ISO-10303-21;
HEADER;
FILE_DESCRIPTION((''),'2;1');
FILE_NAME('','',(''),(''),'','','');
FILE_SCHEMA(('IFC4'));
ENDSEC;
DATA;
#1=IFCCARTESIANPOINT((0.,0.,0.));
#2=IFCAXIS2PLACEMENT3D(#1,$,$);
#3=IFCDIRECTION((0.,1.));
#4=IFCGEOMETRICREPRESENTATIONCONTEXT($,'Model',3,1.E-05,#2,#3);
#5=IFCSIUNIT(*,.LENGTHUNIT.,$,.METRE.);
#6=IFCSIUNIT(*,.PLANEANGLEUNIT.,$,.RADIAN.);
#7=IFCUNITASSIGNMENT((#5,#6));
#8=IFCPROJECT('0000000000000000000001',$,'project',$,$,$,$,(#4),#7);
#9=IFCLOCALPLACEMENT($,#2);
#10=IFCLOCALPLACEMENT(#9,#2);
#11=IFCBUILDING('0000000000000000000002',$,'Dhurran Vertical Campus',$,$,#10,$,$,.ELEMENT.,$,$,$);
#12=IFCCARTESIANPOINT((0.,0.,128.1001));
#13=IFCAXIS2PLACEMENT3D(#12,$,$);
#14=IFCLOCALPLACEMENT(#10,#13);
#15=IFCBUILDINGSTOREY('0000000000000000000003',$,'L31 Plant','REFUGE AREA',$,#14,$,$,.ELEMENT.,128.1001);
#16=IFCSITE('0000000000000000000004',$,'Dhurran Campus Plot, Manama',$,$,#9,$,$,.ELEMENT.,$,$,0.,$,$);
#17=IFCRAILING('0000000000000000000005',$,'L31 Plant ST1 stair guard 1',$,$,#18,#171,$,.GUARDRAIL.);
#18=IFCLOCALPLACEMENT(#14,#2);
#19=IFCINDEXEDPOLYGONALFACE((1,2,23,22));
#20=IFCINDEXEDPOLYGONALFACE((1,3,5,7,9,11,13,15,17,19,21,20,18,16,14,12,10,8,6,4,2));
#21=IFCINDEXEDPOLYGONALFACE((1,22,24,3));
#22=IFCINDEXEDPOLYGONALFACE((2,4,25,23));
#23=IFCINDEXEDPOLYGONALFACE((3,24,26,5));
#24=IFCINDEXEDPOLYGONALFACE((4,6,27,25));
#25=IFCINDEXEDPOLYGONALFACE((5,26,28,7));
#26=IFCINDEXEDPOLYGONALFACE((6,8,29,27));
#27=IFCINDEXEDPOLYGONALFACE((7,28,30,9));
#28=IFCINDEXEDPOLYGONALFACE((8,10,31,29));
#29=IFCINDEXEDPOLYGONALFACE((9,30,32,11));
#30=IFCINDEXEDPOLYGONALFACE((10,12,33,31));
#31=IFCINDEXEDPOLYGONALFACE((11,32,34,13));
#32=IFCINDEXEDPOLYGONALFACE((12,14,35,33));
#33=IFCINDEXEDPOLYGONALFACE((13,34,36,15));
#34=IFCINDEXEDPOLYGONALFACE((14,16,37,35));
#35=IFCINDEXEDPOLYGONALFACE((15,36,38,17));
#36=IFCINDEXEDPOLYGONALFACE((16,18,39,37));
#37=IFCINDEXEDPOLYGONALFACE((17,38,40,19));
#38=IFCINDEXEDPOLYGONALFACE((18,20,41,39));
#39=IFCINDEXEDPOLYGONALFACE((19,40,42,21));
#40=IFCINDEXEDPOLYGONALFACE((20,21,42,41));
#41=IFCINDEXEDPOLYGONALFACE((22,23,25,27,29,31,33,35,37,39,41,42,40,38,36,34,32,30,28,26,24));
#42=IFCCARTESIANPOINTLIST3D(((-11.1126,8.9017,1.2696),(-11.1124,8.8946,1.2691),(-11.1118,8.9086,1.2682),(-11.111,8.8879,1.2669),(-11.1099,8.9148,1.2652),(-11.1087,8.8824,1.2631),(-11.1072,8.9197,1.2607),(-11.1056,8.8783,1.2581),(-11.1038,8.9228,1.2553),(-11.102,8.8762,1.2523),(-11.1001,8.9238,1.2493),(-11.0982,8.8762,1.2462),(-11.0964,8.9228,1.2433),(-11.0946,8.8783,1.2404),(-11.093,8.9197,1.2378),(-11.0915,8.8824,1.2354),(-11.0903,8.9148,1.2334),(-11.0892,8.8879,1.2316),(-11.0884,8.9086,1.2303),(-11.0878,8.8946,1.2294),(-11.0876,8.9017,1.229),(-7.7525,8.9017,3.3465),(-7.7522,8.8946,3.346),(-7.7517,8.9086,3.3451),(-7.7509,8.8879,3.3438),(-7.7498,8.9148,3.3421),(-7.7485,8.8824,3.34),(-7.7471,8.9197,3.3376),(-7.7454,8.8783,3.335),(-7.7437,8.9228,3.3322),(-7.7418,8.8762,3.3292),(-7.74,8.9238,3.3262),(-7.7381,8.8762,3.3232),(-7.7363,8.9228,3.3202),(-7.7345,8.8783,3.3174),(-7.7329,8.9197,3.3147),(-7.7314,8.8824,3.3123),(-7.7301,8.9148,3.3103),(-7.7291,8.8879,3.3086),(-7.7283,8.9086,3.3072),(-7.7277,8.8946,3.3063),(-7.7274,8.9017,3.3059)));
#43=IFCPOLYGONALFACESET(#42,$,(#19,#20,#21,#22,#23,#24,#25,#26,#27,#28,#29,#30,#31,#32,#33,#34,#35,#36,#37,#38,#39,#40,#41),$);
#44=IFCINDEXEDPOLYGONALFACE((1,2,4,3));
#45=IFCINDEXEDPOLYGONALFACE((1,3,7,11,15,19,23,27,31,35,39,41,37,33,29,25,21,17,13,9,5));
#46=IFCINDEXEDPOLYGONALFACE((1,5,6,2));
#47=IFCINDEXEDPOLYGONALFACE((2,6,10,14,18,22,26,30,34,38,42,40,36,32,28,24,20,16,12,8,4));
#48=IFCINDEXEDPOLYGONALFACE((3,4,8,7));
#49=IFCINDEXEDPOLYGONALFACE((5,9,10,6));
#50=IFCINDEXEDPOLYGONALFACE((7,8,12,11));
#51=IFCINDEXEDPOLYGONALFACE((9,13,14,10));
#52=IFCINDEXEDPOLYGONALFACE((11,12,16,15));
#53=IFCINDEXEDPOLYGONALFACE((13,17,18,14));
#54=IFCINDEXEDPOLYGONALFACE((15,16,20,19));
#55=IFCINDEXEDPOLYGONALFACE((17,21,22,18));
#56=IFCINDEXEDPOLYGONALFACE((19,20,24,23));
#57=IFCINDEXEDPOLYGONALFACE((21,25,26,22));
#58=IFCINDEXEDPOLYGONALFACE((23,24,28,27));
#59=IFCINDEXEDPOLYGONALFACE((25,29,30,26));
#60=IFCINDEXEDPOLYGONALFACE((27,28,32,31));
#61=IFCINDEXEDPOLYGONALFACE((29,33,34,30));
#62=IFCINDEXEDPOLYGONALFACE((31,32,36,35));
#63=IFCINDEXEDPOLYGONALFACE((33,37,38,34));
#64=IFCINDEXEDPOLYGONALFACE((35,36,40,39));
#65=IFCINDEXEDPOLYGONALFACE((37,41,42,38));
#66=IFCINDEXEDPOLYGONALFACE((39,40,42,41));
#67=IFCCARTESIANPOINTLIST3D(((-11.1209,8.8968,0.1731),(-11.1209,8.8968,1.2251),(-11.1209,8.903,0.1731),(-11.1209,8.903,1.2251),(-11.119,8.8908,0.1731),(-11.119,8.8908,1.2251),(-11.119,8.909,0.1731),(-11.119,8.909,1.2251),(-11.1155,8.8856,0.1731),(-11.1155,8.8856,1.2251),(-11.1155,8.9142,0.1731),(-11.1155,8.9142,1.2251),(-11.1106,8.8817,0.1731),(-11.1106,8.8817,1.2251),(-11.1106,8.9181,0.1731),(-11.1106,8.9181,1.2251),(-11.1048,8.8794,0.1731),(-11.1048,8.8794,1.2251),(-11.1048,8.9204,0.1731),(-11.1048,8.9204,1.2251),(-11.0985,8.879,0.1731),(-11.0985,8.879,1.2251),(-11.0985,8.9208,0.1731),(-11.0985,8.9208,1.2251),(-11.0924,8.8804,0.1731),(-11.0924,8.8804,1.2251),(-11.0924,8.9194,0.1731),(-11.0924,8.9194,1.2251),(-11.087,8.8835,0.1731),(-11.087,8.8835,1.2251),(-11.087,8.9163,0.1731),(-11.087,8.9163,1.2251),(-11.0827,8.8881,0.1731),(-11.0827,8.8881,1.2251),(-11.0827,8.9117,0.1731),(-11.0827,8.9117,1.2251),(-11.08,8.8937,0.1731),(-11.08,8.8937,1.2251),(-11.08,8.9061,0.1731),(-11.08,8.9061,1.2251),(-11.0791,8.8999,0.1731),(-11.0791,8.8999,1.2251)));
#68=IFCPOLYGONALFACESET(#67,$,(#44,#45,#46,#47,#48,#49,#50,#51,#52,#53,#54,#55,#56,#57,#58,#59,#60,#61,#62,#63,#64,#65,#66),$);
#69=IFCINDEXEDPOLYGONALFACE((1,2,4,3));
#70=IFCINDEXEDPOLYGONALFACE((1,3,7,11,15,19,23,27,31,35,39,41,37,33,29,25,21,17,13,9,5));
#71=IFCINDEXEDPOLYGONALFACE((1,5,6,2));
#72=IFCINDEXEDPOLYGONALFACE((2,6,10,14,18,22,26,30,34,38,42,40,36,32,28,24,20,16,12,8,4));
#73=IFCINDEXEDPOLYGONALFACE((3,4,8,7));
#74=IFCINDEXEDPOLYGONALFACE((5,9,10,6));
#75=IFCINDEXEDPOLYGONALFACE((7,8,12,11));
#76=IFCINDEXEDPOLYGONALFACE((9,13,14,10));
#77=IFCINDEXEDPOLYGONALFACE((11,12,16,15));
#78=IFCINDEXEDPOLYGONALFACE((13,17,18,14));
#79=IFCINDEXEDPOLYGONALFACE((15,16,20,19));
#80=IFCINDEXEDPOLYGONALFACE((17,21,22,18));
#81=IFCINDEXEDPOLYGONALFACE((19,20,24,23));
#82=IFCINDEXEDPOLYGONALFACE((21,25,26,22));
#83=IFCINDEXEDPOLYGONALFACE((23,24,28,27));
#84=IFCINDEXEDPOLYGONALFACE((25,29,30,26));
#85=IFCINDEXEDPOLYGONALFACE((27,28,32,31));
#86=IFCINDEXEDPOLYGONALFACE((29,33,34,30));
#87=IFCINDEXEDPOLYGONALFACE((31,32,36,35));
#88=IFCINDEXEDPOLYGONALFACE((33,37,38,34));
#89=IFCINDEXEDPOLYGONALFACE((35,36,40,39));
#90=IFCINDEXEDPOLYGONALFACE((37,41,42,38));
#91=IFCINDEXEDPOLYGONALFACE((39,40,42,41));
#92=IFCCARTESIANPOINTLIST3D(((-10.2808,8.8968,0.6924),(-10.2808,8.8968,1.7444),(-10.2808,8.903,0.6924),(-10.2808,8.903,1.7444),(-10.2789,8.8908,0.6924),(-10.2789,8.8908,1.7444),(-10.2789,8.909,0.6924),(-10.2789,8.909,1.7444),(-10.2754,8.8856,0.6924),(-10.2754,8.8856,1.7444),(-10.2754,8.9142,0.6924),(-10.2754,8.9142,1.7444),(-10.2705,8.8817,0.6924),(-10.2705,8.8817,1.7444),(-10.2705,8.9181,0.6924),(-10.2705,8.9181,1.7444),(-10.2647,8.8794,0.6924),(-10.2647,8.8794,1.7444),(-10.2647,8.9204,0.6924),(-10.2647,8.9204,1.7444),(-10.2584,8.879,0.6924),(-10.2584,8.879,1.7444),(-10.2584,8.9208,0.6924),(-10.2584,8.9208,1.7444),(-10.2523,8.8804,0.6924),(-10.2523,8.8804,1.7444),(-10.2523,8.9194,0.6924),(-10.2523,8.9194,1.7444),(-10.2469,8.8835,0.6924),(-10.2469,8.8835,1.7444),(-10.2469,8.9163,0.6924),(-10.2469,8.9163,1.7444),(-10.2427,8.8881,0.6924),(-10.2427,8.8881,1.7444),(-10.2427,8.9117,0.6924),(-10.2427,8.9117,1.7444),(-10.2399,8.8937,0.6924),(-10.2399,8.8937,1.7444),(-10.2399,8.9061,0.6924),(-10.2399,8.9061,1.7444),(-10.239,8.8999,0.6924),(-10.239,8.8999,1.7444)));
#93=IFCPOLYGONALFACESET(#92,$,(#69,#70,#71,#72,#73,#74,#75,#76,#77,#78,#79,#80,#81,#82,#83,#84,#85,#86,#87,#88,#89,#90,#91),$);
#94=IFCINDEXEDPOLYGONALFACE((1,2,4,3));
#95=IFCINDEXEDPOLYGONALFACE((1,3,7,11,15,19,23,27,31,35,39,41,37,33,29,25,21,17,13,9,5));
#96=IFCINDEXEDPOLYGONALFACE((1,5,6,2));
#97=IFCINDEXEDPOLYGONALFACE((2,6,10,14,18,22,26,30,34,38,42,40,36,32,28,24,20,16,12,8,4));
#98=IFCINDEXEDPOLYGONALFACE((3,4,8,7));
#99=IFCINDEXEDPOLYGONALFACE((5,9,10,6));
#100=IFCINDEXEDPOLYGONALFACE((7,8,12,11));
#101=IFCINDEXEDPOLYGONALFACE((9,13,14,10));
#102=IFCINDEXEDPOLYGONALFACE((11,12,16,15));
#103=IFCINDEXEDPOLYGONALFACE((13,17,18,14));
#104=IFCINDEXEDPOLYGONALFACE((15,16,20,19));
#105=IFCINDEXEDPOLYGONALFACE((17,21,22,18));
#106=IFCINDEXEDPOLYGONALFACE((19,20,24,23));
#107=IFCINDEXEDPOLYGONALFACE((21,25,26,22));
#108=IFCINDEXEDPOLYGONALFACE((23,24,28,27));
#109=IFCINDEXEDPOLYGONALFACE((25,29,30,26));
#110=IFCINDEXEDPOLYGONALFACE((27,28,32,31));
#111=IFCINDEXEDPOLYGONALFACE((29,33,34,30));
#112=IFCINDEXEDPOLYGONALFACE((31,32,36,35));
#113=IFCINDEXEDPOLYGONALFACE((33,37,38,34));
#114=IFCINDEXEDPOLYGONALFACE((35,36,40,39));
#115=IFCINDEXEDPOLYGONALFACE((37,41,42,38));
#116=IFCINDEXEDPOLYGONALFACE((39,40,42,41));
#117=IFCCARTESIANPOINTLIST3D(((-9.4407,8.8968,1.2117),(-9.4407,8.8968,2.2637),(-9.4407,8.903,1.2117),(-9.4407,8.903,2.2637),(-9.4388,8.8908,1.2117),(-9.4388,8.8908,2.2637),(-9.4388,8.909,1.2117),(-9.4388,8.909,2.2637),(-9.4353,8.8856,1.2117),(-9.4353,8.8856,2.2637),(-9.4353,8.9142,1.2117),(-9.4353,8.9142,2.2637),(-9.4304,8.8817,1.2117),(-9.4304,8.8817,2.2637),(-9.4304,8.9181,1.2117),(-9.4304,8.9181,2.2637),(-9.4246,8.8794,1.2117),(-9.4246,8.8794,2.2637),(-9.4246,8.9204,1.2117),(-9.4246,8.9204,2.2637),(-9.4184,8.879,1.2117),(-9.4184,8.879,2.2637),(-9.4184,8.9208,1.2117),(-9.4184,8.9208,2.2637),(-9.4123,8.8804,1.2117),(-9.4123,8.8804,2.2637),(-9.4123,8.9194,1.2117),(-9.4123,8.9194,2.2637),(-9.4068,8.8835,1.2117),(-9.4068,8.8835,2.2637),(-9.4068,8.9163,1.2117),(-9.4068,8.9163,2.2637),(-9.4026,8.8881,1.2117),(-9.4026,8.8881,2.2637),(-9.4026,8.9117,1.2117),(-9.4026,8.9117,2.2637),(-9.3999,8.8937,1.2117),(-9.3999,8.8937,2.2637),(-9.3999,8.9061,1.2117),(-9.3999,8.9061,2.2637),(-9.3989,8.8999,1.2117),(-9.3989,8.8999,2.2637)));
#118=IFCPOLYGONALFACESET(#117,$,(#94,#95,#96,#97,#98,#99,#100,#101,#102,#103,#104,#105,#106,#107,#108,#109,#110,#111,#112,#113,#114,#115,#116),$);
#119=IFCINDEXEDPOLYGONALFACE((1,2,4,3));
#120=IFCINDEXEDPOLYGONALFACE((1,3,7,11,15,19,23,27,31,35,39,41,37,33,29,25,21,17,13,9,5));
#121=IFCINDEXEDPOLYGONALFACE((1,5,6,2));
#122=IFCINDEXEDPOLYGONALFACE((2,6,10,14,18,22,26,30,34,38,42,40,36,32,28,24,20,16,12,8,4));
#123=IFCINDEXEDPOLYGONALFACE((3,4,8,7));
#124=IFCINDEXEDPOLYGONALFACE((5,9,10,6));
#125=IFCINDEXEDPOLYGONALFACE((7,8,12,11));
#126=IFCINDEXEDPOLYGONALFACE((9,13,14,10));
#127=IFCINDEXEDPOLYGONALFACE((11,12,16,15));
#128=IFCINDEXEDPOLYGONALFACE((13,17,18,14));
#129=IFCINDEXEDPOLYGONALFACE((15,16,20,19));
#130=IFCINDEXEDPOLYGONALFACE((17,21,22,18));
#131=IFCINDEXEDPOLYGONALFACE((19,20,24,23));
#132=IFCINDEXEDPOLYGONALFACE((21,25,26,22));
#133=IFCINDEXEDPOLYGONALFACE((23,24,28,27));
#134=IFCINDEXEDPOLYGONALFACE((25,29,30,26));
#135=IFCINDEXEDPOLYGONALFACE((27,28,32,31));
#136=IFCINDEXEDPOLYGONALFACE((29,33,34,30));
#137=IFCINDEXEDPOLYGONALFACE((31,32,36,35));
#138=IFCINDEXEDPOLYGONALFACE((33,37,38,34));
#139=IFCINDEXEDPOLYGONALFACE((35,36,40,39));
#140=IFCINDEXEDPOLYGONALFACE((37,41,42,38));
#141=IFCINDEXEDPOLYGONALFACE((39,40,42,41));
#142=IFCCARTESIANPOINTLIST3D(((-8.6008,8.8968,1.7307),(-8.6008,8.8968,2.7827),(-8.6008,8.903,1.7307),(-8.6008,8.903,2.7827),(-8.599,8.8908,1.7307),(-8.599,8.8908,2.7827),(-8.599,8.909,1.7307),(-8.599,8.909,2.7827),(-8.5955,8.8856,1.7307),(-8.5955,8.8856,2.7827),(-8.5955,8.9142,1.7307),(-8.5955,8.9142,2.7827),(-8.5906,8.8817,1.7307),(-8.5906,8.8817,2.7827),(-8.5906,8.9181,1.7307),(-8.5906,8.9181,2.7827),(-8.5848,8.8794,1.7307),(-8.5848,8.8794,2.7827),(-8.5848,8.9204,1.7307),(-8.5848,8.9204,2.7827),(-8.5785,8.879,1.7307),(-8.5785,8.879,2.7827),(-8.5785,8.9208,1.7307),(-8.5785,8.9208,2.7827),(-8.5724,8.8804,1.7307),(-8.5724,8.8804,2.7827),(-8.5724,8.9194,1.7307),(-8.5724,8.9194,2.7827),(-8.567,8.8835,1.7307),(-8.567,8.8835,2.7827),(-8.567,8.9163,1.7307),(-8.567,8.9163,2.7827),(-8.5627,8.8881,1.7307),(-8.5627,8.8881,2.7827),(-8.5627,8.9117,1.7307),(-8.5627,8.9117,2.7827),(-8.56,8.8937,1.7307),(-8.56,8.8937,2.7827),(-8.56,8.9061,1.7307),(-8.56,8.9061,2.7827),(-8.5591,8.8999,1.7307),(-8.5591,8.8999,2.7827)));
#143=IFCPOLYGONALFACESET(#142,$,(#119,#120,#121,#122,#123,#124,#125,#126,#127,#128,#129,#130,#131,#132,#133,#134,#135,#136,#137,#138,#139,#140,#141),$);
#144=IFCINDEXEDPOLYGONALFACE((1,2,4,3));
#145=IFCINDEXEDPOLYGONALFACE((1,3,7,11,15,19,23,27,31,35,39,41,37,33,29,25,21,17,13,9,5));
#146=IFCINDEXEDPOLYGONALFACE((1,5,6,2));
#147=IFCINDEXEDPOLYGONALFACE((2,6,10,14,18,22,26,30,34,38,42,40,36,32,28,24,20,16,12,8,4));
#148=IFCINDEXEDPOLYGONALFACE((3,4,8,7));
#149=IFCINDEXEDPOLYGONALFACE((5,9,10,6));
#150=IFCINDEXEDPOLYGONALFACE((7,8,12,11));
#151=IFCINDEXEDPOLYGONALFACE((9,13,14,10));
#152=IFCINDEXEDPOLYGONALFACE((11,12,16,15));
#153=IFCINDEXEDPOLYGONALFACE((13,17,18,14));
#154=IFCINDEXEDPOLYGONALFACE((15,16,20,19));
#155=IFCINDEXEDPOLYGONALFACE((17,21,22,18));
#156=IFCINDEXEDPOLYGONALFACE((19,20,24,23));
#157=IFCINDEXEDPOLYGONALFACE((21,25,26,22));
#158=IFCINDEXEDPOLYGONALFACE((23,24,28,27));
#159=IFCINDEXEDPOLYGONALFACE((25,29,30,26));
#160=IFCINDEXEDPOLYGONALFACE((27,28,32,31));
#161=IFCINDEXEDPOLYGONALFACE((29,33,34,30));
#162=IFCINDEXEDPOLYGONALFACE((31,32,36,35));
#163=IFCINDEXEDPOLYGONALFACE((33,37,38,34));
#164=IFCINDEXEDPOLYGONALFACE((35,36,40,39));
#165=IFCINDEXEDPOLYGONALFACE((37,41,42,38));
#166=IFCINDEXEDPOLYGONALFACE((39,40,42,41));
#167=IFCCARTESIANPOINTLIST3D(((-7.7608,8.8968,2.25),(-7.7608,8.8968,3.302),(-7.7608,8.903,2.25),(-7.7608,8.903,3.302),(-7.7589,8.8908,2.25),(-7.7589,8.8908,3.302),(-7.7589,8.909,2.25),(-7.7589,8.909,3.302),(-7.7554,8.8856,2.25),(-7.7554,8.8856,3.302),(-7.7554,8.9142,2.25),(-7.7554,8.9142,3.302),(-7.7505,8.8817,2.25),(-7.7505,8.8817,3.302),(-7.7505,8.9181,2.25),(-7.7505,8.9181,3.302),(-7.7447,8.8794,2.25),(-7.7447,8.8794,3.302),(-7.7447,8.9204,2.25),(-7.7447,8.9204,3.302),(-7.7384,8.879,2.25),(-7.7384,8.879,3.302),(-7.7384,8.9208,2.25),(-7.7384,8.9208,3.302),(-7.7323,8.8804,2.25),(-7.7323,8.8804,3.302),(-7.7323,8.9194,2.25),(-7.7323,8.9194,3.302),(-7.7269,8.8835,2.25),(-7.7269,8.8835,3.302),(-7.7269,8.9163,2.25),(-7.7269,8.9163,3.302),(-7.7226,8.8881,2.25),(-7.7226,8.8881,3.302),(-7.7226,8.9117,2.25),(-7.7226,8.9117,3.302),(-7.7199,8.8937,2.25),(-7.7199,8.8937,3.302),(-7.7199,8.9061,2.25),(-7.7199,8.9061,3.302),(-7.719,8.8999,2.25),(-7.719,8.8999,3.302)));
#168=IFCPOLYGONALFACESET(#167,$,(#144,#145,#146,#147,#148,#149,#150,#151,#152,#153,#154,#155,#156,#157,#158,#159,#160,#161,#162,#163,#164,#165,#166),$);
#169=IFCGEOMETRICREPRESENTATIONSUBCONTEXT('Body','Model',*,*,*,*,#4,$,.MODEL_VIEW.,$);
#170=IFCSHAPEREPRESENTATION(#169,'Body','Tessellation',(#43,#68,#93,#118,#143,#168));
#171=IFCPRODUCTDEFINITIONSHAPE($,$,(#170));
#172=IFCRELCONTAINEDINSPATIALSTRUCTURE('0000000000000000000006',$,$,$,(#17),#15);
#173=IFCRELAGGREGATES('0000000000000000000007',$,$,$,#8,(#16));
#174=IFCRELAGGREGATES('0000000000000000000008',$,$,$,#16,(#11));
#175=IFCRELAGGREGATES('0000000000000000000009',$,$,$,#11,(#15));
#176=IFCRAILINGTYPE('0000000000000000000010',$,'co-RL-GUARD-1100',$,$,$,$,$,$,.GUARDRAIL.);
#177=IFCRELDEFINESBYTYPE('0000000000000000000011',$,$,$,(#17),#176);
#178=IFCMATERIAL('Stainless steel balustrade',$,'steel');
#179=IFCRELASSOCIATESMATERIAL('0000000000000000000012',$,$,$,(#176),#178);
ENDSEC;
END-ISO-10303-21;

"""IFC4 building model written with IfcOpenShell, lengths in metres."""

from ifc_helpers import new_model, si_unit, direction, frame, origin, origin_2d, place, context, subcontext, project, spatial, circle, extrude, material, type_object, element, save


model = new_model("IFC4")

# Units and contexts
model_context = context("Model", 3, precision=1e-05, world=origin(), true_north=direction((0.0, 1.0)))
body_context = subcontext(model_context, "Body", "Model", "MODEL_VIEW")
ifc_project = project(units=[si_unit("LENGTHUNIT", "METRE"), si_unit("PLANEANGLEUNIT", "RADIAN")], contexts=[model_context])

# Site, building, storey
site_placement = place(None, origin())
site = spatial("IfcSite", under=ifc_project, at=site_placement, Name="Dhurran Campus Plot, Manama", CompositionType="ELEMENT", RefElevation=0.0)
building_placement = place(site_placement, origin())
building = spatial("IfcBuilding", under=site, at=building_placement, Name="Dhurran Vertical Campus", CompositionType="ELEMENT")
storey_placement = place(building_placement, frame((0.0, 0.0, 128.1001)))
storey = spatial("IfcBuildingStorey", under=building, at=storey_placement, Name="L31 Plant", Description="REFUGE AREA", CompositionType="ELEMENT", Elevation=128.1001)

# Railing
ifc_material_1 = material(Name="Stainless steel balustrade", Category="steel")
railing_type_1 = type_object("IfcRailingType", Name="co-RL-GUARD-1100", PredefinedType="GUARDRAIL", material=ifc_material_1)
railing_1_placement = place(storey_placement, frame((-11.1001, 8.8999, 0.1731)))
element("IfcRailing", 1, at=railing_1_placement, inside=storey, type_object=railing_type_1, Name="L31 Plant ST1 stair guard 1", PredefinedType="GUARDRAIL", context=body_context, shape_type="SweptSolid", body=[
    extrude(circle(Radius=0.0239, at=origin_2d()), frame((0.0, 0.0, 1.0762), z_axis=(0.850623, 0.0, 0.525776), x_axis=(0.0, 1.0, 0.0)), (0.0, 0.0, 1.0), 3.9502),
    extrude(circle(Radius=0.021, at=origin_2d()), origin(), (0.0, 0.0, 1.0), 1.052),
    extrude(circle(Radius=0.021, at=origin_2d()), frame((0.8401, 0.0, 0.5193)), (0.0, 0.0, 1.0), 1.052),
    extrude(circle(Radius=0.021, at=origin_2d()), frame((1.6802, 0.0, 1.0386)), (0.0, 0.0, 1.0), 1.052),
    extrude(circle(Radius=0.021, at=origin_2d()), frame((2.52, 0.0, 1.5576)), (0.0, 0.0, 1.0), 1.052),
    extrude(circle(Radius=0.021, at=origin_2d()), frame((3.3601, 0.0, 2.0769)), (0.0, 0.0, 1.0), 1.052),
])

save(model, "model.ifc")
